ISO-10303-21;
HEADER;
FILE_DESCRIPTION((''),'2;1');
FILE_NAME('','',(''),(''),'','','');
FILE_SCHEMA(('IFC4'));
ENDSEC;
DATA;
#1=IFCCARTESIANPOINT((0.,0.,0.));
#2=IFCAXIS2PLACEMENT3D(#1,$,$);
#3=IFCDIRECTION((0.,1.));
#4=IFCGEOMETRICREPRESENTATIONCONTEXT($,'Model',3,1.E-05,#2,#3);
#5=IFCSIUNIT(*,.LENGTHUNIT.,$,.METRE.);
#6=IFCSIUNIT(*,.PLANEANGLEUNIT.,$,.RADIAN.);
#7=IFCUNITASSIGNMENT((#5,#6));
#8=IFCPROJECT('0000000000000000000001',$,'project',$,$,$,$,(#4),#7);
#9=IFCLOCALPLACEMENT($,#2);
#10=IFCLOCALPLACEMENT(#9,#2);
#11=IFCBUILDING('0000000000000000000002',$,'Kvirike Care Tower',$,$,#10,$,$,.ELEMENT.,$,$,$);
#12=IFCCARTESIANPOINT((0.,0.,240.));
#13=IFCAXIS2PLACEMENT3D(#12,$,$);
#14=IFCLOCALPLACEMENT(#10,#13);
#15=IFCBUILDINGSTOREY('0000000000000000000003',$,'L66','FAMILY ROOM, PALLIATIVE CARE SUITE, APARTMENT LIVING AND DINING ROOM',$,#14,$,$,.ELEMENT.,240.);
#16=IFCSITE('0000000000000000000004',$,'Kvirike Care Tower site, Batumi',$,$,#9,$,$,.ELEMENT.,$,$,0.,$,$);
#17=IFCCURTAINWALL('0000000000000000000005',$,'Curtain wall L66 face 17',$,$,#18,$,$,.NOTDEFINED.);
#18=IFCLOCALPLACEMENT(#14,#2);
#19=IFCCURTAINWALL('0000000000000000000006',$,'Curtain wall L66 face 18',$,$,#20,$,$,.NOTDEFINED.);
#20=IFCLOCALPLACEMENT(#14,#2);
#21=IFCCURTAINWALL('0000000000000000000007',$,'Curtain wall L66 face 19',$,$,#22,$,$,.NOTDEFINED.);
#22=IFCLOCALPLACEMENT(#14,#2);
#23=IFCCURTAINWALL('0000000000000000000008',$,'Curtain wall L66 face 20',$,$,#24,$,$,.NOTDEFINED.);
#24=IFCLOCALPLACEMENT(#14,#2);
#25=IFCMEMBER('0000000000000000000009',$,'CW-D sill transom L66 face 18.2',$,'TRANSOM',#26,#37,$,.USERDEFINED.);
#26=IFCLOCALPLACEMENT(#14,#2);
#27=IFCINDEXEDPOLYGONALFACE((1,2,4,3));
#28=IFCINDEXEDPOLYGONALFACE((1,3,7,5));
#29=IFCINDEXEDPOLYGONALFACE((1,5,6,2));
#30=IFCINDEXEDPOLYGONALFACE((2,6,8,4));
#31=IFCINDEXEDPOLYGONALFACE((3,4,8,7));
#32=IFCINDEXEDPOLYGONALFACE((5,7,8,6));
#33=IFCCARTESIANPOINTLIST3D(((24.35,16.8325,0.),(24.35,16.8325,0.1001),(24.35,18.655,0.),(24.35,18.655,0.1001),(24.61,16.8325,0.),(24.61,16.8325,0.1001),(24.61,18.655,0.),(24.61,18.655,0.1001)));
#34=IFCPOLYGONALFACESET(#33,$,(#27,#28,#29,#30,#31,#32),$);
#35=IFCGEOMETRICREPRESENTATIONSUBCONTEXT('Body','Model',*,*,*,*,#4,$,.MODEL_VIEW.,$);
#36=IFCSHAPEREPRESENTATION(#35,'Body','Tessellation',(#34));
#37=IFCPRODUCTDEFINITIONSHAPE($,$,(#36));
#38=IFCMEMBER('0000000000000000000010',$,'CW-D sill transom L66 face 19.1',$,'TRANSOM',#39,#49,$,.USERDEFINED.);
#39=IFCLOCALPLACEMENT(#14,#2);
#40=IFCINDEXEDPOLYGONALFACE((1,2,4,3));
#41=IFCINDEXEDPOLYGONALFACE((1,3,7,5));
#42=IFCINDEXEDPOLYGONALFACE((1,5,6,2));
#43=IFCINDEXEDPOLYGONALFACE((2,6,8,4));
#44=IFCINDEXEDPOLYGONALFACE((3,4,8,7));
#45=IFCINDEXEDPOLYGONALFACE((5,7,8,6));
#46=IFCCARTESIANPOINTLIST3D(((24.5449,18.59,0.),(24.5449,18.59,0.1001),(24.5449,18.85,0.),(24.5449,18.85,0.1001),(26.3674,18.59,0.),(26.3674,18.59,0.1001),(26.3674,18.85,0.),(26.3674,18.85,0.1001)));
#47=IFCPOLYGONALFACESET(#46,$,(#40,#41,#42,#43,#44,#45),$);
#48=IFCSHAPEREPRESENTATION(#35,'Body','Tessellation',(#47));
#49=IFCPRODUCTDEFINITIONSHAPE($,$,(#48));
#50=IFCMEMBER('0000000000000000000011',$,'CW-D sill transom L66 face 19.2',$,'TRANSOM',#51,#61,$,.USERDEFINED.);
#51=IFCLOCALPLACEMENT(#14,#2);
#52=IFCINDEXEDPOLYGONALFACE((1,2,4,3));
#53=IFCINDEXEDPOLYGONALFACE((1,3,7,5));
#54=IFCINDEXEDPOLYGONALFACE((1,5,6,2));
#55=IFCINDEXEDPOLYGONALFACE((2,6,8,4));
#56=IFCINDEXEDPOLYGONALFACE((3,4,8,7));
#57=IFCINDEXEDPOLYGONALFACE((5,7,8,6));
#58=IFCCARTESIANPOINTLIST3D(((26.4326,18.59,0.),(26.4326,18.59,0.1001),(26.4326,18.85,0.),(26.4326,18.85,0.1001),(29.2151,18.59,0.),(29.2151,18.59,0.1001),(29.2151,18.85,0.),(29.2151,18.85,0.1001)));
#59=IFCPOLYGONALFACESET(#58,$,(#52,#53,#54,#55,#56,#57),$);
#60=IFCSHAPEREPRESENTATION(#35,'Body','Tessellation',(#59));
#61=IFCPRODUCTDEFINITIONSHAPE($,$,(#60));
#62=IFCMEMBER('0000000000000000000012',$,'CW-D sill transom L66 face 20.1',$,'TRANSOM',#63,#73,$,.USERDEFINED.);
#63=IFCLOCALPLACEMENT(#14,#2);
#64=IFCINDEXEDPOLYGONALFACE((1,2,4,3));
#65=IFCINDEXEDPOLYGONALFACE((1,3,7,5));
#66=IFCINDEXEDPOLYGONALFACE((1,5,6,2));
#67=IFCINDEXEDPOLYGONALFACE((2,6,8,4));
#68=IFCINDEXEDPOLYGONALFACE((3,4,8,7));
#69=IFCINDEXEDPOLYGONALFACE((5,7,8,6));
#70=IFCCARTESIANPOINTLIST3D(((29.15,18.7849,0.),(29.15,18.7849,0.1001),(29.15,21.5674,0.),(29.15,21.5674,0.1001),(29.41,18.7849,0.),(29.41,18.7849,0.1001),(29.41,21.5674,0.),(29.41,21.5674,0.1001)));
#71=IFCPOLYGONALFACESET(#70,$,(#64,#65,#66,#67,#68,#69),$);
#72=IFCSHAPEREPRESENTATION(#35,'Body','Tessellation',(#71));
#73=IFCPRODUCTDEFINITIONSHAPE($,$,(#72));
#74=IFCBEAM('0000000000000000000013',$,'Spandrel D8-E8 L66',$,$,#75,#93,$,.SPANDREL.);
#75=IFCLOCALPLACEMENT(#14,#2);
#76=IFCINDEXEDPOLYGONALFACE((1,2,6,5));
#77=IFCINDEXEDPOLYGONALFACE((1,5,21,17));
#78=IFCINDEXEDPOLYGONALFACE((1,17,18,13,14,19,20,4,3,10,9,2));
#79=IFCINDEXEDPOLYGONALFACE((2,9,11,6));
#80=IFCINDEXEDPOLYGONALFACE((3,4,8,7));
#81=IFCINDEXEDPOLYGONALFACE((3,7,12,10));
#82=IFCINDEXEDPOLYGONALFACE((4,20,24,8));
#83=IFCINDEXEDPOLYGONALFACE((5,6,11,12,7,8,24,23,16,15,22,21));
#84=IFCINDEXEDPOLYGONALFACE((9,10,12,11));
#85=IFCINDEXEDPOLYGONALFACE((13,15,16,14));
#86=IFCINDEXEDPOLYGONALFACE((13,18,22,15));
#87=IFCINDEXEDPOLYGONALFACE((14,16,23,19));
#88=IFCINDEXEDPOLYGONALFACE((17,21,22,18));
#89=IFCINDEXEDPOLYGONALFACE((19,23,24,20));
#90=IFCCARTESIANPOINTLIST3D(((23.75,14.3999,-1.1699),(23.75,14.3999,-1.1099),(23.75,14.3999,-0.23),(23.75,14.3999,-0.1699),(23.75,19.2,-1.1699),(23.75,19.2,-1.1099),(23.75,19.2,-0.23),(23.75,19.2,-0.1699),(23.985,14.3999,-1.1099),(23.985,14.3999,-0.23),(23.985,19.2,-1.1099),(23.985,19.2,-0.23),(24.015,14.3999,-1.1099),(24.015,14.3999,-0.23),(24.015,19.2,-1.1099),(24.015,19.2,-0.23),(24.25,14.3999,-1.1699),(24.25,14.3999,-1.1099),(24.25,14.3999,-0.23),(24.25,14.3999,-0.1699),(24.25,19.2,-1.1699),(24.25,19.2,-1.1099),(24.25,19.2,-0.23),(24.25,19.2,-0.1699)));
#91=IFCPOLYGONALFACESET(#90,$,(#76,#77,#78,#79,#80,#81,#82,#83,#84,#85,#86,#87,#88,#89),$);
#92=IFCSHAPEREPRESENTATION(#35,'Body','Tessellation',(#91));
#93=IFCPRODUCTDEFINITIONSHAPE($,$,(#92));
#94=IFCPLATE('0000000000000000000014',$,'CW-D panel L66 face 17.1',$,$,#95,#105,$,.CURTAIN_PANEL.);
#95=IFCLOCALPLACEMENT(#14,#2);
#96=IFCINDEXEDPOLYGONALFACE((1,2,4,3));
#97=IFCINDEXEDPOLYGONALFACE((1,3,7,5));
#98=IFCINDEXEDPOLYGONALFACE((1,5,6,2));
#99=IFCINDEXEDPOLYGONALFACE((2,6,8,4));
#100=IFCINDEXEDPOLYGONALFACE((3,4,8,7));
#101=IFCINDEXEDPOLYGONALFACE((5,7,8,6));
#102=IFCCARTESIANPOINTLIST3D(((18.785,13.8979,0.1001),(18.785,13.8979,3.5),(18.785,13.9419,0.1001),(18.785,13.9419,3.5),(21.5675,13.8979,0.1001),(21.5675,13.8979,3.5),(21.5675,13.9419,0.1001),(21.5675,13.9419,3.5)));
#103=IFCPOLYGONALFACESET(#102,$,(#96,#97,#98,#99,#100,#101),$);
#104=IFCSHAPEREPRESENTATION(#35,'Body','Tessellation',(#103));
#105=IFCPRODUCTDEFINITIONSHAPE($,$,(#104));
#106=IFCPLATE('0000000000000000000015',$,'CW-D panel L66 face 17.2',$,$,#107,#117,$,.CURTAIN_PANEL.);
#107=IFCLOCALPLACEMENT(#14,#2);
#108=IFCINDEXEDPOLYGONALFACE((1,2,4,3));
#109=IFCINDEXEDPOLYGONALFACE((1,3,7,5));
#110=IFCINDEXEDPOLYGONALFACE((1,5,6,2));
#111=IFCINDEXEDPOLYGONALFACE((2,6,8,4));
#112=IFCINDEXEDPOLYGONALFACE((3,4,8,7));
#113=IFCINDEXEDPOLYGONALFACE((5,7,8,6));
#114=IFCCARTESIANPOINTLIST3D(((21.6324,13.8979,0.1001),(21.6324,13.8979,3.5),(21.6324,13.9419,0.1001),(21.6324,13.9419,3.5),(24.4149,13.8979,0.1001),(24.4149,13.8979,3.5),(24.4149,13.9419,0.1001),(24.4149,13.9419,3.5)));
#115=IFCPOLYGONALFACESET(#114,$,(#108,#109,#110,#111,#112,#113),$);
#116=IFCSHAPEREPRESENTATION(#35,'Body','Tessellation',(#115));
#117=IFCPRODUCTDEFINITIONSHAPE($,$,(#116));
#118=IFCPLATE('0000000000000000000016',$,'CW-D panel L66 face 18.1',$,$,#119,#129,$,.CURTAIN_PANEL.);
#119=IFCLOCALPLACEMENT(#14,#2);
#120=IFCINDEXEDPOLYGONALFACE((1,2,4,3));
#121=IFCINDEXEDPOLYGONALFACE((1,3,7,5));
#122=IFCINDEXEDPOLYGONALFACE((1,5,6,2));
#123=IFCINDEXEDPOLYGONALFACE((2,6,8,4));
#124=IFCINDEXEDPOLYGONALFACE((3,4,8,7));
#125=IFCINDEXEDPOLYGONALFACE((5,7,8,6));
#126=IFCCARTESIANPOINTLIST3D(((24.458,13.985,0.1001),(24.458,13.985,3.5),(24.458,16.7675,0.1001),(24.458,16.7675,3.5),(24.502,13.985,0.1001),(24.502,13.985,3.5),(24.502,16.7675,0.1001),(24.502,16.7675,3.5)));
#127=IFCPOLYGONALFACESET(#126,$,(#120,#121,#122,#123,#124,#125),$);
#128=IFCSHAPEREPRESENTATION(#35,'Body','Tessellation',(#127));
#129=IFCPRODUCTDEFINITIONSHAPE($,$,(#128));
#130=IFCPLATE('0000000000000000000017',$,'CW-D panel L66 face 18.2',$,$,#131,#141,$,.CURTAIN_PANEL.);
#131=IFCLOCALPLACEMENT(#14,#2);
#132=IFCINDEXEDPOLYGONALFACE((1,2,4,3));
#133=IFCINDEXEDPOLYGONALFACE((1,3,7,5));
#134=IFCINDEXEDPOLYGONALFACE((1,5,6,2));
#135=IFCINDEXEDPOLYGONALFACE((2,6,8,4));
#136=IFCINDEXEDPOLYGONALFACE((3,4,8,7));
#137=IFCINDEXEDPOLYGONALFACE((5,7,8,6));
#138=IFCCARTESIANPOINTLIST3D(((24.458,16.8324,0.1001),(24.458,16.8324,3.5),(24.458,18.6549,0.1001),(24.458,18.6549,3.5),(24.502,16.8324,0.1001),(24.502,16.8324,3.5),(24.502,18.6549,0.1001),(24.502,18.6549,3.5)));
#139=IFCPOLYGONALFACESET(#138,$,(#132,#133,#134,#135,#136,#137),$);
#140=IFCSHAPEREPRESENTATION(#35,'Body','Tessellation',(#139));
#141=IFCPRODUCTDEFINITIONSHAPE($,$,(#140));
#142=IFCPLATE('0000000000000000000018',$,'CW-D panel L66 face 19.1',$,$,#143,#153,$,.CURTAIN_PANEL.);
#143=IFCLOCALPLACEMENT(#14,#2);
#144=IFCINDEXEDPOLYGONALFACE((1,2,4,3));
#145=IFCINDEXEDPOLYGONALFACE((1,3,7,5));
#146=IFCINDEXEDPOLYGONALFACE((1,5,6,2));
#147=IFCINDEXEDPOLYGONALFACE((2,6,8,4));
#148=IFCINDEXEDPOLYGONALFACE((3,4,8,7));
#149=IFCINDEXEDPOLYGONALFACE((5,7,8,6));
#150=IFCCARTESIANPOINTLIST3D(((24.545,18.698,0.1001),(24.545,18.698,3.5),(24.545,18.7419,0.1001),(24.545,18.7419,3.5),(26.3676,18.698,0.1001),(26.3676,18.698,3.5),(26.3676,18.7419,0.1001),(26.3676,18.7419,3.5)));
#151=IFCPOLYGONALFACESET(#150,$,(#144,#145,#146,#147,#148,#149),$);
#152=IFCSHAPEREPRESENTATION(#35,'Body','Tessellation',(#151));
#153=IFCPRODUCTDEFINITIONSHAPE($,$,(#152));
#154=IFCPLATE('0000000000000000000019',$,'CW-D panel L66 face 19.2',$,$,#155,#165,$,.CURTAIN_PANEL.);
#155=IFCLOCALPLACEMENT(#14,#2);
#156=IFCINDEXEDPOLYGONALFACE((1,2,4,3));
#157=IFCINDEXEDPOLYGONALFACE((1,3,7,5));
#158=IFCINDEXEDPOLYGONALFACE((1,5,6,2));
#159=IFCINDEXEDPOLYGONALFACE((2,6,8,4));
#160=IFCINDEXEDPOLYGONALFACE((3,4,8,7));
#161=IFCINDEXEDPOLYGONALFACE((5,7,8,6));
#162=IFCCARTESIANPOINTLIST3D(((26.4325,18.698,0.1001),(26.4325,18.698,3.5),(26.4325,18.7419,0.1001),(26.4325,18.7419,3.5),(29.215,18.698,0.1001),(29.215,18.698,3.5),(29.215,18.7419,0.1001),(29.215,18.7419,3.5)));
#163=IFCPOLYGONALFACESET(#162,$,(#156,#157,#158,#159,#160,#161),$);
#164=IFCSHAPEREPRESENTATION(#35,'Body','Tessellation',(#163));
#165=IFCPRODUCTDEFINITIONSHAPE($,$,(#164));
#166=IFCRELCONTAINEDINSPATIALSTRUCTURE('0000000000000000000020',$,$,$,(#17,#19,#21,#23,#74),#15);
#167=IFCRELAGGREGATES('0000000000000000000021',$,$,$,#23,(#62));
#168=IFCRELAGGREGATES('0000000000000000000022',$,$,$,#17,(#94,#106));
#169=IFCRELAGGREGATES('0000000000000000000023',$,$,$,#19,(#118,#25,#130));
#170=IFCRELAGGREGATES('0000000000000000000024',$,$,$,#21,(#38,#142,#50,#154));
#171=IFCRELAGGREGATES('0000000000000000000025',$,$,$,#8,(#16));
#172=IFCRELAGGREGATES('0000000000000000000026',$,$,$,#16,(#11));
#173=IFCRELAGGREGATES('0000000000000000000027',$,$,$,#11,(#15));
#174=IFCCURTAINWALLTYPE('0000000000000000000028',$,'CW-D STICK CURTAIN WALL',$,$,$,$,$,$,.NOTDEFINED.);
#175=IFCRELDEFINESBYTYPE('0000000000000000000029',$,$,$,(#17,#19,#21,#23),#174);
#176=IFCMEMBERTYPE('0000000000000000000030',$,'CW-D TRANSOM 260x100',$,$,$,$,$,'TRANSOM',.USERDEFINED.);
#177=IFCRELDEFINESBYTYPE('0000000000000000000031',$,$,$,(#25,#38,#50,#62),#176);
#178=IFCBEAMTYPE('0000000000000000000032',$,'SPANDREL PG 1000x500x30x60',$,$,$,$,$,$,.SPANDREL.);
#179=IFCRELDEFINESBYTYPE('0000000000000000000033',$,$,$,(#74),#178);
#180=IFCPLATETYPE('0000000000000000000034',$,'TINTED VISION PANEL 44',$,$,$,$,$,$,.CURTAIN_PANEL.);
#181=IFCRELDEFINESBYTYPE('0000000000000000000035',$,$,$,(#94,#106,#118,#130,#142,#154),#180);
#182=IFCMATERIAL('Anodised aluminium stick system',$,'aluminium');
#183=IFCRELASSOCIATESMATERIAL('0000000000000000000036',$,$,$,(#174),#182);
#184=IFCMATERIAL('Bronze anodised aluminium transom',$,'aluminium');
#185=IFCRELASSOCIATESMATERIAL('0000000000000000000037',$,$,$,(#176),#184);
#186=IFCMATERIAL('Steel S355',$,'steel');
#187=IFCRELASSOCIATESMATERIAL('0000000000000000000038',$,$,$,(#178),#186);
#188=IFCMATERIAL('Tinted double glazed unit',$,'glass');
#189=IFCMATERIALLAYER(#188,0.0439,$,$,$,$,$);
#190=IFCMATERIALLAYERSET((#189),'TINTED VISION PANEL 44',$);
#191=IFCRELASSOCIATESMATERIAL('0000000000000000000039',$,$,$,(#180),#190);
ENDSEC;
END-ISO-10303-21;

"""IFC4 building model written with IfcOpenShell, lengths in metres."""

from ifc_helpers import new_model, si_unit, direction, frame, origin, origin_2d, place, context, subcontext, project, spatial, rectangle, i_section, extrude, material, layer, layer_set, material_profile, profile_set, type_object, element, aggregate, save


model = new_model("IFC4")

# Units and contexts
model_context = context("Model", 3, precision=1e-05, world=origin(), true_north=direction((0.0, 1.0)))
body_context = subcontext(model_context, "Body", "Model", "MODEL_VIEW")
ifc_project = project(units=[si_unit("LENGTHUNIT", "METRE"), si_unit("PLANEANGLEUNIT", "RADIAN")], contexts=[model_context])

# Site, building, storey
site_placement = place(None, origin())
site = spatial("IfcSite", under=ifc_project, at=site_placement, Name="Kvirike Care Tower site, Batumi", CompositionType="ELEMENT", RefElevation=0.0)
building_placement = place(site_placement, origin())
building = spatial("IfcBuilding", under=site, at=building_placement, Name="Kvirike Care Tower", CompositionType="ELEMENT")
storey_placement = place(building_placement, frame((0.0, 0.0, 240.0)))
storey = spatial("IfcBuildingStorey", under=building, at=storey_placement, Name="L66", Description="FAMILY ROOM, PALLIATIVE CARE SUITE, APARTMENT LIVING AND DINING ROOM", CompositionType="ELEMENT", Elevation=240.0)

# Curtain walls
ifc_material_1 = material(Name="Anodised aluminium stick system", Category="aluminium")
curtain_wall_type = type_object("IfcCurtainWallType", Name="CW-D STICK CURTAIN WALL", PredefinedType="NOTDEFINED", material=ifc_material_1)
curtain_wall_1_placement = place(storey_placement, origin())
curtain_wall_1 = element("IfcCurtainWall", 1, at=curtain_wall_1_placement, inside=storey, type_object=curtain_wall_type, Name="Curtain wall L66 face 17", PredefinedType="NOTDEFINED")
curtain_wall_2_placement = place(storey_placement, origin())
curtain_wall_2 = element("IfcCurtainWall", 2, at=curtain_wall_2_placement, inside=storey, type_object=curtain_wall_type, Name="Curtain wall L66 face 18", PredefinedType="NOTDEFINED")
curtain_wall_3_placement = place(storey_placement, origin())
curtain_wall_3 = element("IfcCurtainWall", 3, at=curtain_wall_3_placement, inside=storey, type_object=curtain_wall_type, Name="Curtain wall L66 face 19", PredefinedType="NOTDEFINED")

# Curtain wall
curtain_wall_4_placement = place(storey_placement, origin())
curtain_wall_4 = element("IfcCurtainWall", 4, at=curtain_wall_4_placement, inside=storey, type_object=curtain_wall_type, Name="Curtain wall L66 face 20", PredefinedType="NOTDEFINED")

# Members
ifc_material_2 = material(Name="Bronze anodised aluminium transom", Category="aluminium")
ifc_material_profile_1 = material_profile(ifc_material_2, rectangle(XDim=0.26, YDim=0.1001, at=origin_2d()), Name="CW-D TRANSOM 260x100")
ifc_profile_set_1 = profile_set([ifc_material_profile_1], Name="Bronze anodised aluminium transom")
member_type_1 = type_object("IfcMemberType", Name="CW-D TRANSOM 260x100", ElementType="TRANSOM", PredefinedType="USERDEFINED", material=ifc_profile_set_1)
member_1_placement = place(storey_placement, frame((24.48, 16.8325, 0.05), z_axis=(0.0, 1.0, 0.0), x_axis=(-1.0, 0.0, 0.0)))
member_1 = element("IfcMember", 5, at=member_1_placement, type_object=member_type_1, Name="CW-D sill transom L66 face 18.2", ObjectType="TRANSOM", PredefinedType="USERDEFINED", context=body_context, shape_type="SweptSolid", body=[
    extrude(rectangle(XDim=0.26, YDim=0.1001, at=origin_2d()), origin(), (0.0, 0.0, 1.0), 1.8225),
])
member_2_placement = place(storey_placement, frame((24.5449, 18.72, 0.05), z_axis=(1.0, 0.0, 0.0), x_axis=(0.0, 1.0, 0.0)))
member_2 = element("IfcMember", 6, at=member_2_placement, type_object=member_type_1, Name="CW-D sill transom L66 face 19.1", ObjectType="TRANSOM", PredefinedType="USERDEFINED", context=body_context, shape_type="SweptSolid", body=[
    extrude(rectangle(XDim=0.26, YDim=0.1001, at=origin_2d()), origin(), (0.0, 0.0, 1.0), 1.8225),
])
member_3_placement = place(storey_placement, frame((26.4326, 18.72, 0.05), z_axis=(1.0, 0.0, 0.0), x_axis=(0.0, 1.0, 0.0)))
member_3 = element("IfcMember", 7, at=member_3_placement, type_object=member_type_1, Name="CW-D sill transom L66 face 19.2", ObjectType="TRANSOM", PredefinedType="USERDEFINED", context=body_context, shape_type="SweptSolid", body=[
    extrude(rectangle(XDim=0.26, YDim=0.1001, at=origin_2d()), origin(), (0.0, 0.0, 1.0), 2.7825),
])
member_4_placement = place(storey_placement, frame((29.28, 18.7849, 0.05), z_axis=(0.0, 1.0, 0.0), x_axis=(-1.0, 0.0, 0.0)))
member_4 = element("IfcMember", 8, at=member_4_placement, type_object=member_type_1, Name="CW-D sill transom L66 face 20.1", ObjectType="TRANSOM", PredefinedType="USERDEFINED", context=body_context, shape_type="SweptSolid", body=[
    extrude(rectangle(XDim=0.26, YDim=0.1001, at=origin_2d()), origin(), (0.0, 0.0, 1.0), 2.7825),
])
aggregate(curtain_wall_4, [member_4])

# Beam
ifc_material_3 = material(Name="Steel S355", Category="steel")
ifc_material_profile_2 = material_profile(ifc_material_3, i_section(OverallWidth=0.5, OverallDepth=1.0, WebThickness=0.03, FlangeThickness=0.0601, at=origin_2d()), Name="PG 1000x500x30x60")
ifc_profile_set_2 = profile_set([ifc_material_profile_2], Name="Steel S355")
beam_type = type_object("IfcBeamType", Name="SPANDREL PG 1000x500x30x60", PredefinedType="SPANDREL", material=ifc_profile_set_2)
beam_placement = place(storey_placement, frame((24.0, 14.3999, -0.6699), z_axis=(0.0, 1.0, 0.0), x_axis=(-1.0, 0.0, 0.0)))
element("IfcBeam", 9, at=beam_placement, inside=storey, type_object=beam_type, Name="Spandrel D8-E8 L66", PredefinedType="SPANDREL", context=body_context, shape_type="SweptSolid", body=[
    extrude(i_section(OverallWidth=0.5, OverallDepth=1.0, WebThickness=0.03, FlangeThickness=0.0601, at=origin_2d()), origin(), (0.0, 0.0, 1.0), 4.8),
])

# Plates
ifc_material_4 = material(Name="Tinted double glazed unit", Category="glass")
ifc_layer = layer(ifc_material_4, 0.0439)
ifc_layer_set = layer_set([ifc_layer], Name="TINTED VISION PANEL 44")
plate_type = type_object("IfcPlateType", Name="TINTED VISION PANEL 44", PredefinedType="CURTAIN_PANEL", material=ifc_layer_set)
plate_1_placement = place(storey_placement, frame((20.1763, 13.9199, 0.1001), z_axis=(0.0, 0.0, 1.0), x_axis=(1.0, 0.0, 0.0)))
plate_1 = element("IfcPlate", 10, at=plate_1_placement, type_object=plate_type, Name="CW-D panel L66 face 17.1", PredefinedType="CURTAIN_PANEL", context=body_context, shape_type="SweptSolid", body=[
    extrude(rectangle(XDim=2.7825, YDim=0.0439, at=origin_2d()), origin(), (0.0, 0.0, 1.0), 3.3999),
])
plate_2_placement = place(storey_placement, frame((23.0237, 13.9199, 0.1001), z_axis=(0.0, 0.0, 1.0), x_axis=(1.0, 0.0, 0.0)))
plate_2 = element("IfcPlate", 11, at=plate_2_placement, type_object=plate_type, Name="CW-D panel L66 face 17.2", PredefinedType="CURTAIN_PANEL", context=body_context, shape_type="SweptSolid", body=[
    extrude(rectangle(XDim=2.7825, YDim=0.0439, at=origin_2d()), origin(), (0.0, 0.0, 1.0), 3.3999),
])
aggregate(curtain_wall_1, [plate_1, plate_2])
plate_3_placement = place(storey_placement, frame((24.48, 15.3762, 0.1001), z_axis=(0.0, 0.0, 1.0), x_axis=(0.0, 1.0, 0.0)))
plate_3 = element("IfcPlate", 12, at=plate_3_placement, type_object=plate_type, Name="CW-D panel L66 face 18.1", PredefinedType="CURTAIN_PANEL", context=body_context, shape_type="SweptSolid", body=[
    extrude(rectangle(XDim=2.7825, YDim=0.0439, at=origin_2d()), origin(), (0.0, 0.0, 1.0), 3.3999),
])
plate_4_placement = place(storey_placement, frame((24.48, 17.7437, 0.1001), z_axis=(0.0, 0.0, 1.0), x_axis=(0.0, 1.0, 0.0)))
plate_4 = element("IfcPlate", 13, at=plate_4_placement, type_object=plate_type, Name="CW-D panel L66 face 18.2", PredefinedType="CURTAIN_PANEL", context=body_context, shape_type="SweptSolid", body=[
    extrude(rectangle(XDim=1.8225, YDim=0.0439, at=origin_2d()), origin(), (0.0, 0.0, 1.0), 3.3999),
])
aggregate(curtain_wall_2, [plate_3, member_1, plate_4])
plate_5_placement = place(storey_placement, frame((25.4563, 18.72, 0.1001), z_axis=(0.0, 0.0, 1.0), x_axis=(1.0, 0.0, 0.0)))
plate_5 = element("IfcPlate", 14, at=plate_5_placement, type_object=plate_type, Name="CW-D panel L66 face 19.1", PredefinedType="CURTAIN_PANEL", context=body_context, shape_type="SweptSolid", body=[
    extrude(rectangle(XDim=1.8225, YDim=0.0439, at=origin_2d()), origin(), (0.0, 0.0, 1.0), 3.3999),
])
plate_6_placement = place(storey_placement, frame((27.8237, 18.72, 0.1001), z_axis=(0.0, 0.0, 1.0), x_axis=(1.0, 0.0, 0.0)))
plate_6 = element("IfcPlate", 15, at=plate_6_placement, type_object=plate_type, Name="CW-D panel L66 face 19.2", PredefinedType="CURTAIN_PANEL", context=body_context, shape_type="SweptSolid", body=[
    extrude(rectangle(XDim=2.7825, YDim=0.0439, at=origin_2d()), origin(), (0.0, 0.0, 1.0), 3.3999),
])
aggregate(curtain_wall_3, [member_2, plate_5, member_3, plate_6])

save(model, "model.ifc")
